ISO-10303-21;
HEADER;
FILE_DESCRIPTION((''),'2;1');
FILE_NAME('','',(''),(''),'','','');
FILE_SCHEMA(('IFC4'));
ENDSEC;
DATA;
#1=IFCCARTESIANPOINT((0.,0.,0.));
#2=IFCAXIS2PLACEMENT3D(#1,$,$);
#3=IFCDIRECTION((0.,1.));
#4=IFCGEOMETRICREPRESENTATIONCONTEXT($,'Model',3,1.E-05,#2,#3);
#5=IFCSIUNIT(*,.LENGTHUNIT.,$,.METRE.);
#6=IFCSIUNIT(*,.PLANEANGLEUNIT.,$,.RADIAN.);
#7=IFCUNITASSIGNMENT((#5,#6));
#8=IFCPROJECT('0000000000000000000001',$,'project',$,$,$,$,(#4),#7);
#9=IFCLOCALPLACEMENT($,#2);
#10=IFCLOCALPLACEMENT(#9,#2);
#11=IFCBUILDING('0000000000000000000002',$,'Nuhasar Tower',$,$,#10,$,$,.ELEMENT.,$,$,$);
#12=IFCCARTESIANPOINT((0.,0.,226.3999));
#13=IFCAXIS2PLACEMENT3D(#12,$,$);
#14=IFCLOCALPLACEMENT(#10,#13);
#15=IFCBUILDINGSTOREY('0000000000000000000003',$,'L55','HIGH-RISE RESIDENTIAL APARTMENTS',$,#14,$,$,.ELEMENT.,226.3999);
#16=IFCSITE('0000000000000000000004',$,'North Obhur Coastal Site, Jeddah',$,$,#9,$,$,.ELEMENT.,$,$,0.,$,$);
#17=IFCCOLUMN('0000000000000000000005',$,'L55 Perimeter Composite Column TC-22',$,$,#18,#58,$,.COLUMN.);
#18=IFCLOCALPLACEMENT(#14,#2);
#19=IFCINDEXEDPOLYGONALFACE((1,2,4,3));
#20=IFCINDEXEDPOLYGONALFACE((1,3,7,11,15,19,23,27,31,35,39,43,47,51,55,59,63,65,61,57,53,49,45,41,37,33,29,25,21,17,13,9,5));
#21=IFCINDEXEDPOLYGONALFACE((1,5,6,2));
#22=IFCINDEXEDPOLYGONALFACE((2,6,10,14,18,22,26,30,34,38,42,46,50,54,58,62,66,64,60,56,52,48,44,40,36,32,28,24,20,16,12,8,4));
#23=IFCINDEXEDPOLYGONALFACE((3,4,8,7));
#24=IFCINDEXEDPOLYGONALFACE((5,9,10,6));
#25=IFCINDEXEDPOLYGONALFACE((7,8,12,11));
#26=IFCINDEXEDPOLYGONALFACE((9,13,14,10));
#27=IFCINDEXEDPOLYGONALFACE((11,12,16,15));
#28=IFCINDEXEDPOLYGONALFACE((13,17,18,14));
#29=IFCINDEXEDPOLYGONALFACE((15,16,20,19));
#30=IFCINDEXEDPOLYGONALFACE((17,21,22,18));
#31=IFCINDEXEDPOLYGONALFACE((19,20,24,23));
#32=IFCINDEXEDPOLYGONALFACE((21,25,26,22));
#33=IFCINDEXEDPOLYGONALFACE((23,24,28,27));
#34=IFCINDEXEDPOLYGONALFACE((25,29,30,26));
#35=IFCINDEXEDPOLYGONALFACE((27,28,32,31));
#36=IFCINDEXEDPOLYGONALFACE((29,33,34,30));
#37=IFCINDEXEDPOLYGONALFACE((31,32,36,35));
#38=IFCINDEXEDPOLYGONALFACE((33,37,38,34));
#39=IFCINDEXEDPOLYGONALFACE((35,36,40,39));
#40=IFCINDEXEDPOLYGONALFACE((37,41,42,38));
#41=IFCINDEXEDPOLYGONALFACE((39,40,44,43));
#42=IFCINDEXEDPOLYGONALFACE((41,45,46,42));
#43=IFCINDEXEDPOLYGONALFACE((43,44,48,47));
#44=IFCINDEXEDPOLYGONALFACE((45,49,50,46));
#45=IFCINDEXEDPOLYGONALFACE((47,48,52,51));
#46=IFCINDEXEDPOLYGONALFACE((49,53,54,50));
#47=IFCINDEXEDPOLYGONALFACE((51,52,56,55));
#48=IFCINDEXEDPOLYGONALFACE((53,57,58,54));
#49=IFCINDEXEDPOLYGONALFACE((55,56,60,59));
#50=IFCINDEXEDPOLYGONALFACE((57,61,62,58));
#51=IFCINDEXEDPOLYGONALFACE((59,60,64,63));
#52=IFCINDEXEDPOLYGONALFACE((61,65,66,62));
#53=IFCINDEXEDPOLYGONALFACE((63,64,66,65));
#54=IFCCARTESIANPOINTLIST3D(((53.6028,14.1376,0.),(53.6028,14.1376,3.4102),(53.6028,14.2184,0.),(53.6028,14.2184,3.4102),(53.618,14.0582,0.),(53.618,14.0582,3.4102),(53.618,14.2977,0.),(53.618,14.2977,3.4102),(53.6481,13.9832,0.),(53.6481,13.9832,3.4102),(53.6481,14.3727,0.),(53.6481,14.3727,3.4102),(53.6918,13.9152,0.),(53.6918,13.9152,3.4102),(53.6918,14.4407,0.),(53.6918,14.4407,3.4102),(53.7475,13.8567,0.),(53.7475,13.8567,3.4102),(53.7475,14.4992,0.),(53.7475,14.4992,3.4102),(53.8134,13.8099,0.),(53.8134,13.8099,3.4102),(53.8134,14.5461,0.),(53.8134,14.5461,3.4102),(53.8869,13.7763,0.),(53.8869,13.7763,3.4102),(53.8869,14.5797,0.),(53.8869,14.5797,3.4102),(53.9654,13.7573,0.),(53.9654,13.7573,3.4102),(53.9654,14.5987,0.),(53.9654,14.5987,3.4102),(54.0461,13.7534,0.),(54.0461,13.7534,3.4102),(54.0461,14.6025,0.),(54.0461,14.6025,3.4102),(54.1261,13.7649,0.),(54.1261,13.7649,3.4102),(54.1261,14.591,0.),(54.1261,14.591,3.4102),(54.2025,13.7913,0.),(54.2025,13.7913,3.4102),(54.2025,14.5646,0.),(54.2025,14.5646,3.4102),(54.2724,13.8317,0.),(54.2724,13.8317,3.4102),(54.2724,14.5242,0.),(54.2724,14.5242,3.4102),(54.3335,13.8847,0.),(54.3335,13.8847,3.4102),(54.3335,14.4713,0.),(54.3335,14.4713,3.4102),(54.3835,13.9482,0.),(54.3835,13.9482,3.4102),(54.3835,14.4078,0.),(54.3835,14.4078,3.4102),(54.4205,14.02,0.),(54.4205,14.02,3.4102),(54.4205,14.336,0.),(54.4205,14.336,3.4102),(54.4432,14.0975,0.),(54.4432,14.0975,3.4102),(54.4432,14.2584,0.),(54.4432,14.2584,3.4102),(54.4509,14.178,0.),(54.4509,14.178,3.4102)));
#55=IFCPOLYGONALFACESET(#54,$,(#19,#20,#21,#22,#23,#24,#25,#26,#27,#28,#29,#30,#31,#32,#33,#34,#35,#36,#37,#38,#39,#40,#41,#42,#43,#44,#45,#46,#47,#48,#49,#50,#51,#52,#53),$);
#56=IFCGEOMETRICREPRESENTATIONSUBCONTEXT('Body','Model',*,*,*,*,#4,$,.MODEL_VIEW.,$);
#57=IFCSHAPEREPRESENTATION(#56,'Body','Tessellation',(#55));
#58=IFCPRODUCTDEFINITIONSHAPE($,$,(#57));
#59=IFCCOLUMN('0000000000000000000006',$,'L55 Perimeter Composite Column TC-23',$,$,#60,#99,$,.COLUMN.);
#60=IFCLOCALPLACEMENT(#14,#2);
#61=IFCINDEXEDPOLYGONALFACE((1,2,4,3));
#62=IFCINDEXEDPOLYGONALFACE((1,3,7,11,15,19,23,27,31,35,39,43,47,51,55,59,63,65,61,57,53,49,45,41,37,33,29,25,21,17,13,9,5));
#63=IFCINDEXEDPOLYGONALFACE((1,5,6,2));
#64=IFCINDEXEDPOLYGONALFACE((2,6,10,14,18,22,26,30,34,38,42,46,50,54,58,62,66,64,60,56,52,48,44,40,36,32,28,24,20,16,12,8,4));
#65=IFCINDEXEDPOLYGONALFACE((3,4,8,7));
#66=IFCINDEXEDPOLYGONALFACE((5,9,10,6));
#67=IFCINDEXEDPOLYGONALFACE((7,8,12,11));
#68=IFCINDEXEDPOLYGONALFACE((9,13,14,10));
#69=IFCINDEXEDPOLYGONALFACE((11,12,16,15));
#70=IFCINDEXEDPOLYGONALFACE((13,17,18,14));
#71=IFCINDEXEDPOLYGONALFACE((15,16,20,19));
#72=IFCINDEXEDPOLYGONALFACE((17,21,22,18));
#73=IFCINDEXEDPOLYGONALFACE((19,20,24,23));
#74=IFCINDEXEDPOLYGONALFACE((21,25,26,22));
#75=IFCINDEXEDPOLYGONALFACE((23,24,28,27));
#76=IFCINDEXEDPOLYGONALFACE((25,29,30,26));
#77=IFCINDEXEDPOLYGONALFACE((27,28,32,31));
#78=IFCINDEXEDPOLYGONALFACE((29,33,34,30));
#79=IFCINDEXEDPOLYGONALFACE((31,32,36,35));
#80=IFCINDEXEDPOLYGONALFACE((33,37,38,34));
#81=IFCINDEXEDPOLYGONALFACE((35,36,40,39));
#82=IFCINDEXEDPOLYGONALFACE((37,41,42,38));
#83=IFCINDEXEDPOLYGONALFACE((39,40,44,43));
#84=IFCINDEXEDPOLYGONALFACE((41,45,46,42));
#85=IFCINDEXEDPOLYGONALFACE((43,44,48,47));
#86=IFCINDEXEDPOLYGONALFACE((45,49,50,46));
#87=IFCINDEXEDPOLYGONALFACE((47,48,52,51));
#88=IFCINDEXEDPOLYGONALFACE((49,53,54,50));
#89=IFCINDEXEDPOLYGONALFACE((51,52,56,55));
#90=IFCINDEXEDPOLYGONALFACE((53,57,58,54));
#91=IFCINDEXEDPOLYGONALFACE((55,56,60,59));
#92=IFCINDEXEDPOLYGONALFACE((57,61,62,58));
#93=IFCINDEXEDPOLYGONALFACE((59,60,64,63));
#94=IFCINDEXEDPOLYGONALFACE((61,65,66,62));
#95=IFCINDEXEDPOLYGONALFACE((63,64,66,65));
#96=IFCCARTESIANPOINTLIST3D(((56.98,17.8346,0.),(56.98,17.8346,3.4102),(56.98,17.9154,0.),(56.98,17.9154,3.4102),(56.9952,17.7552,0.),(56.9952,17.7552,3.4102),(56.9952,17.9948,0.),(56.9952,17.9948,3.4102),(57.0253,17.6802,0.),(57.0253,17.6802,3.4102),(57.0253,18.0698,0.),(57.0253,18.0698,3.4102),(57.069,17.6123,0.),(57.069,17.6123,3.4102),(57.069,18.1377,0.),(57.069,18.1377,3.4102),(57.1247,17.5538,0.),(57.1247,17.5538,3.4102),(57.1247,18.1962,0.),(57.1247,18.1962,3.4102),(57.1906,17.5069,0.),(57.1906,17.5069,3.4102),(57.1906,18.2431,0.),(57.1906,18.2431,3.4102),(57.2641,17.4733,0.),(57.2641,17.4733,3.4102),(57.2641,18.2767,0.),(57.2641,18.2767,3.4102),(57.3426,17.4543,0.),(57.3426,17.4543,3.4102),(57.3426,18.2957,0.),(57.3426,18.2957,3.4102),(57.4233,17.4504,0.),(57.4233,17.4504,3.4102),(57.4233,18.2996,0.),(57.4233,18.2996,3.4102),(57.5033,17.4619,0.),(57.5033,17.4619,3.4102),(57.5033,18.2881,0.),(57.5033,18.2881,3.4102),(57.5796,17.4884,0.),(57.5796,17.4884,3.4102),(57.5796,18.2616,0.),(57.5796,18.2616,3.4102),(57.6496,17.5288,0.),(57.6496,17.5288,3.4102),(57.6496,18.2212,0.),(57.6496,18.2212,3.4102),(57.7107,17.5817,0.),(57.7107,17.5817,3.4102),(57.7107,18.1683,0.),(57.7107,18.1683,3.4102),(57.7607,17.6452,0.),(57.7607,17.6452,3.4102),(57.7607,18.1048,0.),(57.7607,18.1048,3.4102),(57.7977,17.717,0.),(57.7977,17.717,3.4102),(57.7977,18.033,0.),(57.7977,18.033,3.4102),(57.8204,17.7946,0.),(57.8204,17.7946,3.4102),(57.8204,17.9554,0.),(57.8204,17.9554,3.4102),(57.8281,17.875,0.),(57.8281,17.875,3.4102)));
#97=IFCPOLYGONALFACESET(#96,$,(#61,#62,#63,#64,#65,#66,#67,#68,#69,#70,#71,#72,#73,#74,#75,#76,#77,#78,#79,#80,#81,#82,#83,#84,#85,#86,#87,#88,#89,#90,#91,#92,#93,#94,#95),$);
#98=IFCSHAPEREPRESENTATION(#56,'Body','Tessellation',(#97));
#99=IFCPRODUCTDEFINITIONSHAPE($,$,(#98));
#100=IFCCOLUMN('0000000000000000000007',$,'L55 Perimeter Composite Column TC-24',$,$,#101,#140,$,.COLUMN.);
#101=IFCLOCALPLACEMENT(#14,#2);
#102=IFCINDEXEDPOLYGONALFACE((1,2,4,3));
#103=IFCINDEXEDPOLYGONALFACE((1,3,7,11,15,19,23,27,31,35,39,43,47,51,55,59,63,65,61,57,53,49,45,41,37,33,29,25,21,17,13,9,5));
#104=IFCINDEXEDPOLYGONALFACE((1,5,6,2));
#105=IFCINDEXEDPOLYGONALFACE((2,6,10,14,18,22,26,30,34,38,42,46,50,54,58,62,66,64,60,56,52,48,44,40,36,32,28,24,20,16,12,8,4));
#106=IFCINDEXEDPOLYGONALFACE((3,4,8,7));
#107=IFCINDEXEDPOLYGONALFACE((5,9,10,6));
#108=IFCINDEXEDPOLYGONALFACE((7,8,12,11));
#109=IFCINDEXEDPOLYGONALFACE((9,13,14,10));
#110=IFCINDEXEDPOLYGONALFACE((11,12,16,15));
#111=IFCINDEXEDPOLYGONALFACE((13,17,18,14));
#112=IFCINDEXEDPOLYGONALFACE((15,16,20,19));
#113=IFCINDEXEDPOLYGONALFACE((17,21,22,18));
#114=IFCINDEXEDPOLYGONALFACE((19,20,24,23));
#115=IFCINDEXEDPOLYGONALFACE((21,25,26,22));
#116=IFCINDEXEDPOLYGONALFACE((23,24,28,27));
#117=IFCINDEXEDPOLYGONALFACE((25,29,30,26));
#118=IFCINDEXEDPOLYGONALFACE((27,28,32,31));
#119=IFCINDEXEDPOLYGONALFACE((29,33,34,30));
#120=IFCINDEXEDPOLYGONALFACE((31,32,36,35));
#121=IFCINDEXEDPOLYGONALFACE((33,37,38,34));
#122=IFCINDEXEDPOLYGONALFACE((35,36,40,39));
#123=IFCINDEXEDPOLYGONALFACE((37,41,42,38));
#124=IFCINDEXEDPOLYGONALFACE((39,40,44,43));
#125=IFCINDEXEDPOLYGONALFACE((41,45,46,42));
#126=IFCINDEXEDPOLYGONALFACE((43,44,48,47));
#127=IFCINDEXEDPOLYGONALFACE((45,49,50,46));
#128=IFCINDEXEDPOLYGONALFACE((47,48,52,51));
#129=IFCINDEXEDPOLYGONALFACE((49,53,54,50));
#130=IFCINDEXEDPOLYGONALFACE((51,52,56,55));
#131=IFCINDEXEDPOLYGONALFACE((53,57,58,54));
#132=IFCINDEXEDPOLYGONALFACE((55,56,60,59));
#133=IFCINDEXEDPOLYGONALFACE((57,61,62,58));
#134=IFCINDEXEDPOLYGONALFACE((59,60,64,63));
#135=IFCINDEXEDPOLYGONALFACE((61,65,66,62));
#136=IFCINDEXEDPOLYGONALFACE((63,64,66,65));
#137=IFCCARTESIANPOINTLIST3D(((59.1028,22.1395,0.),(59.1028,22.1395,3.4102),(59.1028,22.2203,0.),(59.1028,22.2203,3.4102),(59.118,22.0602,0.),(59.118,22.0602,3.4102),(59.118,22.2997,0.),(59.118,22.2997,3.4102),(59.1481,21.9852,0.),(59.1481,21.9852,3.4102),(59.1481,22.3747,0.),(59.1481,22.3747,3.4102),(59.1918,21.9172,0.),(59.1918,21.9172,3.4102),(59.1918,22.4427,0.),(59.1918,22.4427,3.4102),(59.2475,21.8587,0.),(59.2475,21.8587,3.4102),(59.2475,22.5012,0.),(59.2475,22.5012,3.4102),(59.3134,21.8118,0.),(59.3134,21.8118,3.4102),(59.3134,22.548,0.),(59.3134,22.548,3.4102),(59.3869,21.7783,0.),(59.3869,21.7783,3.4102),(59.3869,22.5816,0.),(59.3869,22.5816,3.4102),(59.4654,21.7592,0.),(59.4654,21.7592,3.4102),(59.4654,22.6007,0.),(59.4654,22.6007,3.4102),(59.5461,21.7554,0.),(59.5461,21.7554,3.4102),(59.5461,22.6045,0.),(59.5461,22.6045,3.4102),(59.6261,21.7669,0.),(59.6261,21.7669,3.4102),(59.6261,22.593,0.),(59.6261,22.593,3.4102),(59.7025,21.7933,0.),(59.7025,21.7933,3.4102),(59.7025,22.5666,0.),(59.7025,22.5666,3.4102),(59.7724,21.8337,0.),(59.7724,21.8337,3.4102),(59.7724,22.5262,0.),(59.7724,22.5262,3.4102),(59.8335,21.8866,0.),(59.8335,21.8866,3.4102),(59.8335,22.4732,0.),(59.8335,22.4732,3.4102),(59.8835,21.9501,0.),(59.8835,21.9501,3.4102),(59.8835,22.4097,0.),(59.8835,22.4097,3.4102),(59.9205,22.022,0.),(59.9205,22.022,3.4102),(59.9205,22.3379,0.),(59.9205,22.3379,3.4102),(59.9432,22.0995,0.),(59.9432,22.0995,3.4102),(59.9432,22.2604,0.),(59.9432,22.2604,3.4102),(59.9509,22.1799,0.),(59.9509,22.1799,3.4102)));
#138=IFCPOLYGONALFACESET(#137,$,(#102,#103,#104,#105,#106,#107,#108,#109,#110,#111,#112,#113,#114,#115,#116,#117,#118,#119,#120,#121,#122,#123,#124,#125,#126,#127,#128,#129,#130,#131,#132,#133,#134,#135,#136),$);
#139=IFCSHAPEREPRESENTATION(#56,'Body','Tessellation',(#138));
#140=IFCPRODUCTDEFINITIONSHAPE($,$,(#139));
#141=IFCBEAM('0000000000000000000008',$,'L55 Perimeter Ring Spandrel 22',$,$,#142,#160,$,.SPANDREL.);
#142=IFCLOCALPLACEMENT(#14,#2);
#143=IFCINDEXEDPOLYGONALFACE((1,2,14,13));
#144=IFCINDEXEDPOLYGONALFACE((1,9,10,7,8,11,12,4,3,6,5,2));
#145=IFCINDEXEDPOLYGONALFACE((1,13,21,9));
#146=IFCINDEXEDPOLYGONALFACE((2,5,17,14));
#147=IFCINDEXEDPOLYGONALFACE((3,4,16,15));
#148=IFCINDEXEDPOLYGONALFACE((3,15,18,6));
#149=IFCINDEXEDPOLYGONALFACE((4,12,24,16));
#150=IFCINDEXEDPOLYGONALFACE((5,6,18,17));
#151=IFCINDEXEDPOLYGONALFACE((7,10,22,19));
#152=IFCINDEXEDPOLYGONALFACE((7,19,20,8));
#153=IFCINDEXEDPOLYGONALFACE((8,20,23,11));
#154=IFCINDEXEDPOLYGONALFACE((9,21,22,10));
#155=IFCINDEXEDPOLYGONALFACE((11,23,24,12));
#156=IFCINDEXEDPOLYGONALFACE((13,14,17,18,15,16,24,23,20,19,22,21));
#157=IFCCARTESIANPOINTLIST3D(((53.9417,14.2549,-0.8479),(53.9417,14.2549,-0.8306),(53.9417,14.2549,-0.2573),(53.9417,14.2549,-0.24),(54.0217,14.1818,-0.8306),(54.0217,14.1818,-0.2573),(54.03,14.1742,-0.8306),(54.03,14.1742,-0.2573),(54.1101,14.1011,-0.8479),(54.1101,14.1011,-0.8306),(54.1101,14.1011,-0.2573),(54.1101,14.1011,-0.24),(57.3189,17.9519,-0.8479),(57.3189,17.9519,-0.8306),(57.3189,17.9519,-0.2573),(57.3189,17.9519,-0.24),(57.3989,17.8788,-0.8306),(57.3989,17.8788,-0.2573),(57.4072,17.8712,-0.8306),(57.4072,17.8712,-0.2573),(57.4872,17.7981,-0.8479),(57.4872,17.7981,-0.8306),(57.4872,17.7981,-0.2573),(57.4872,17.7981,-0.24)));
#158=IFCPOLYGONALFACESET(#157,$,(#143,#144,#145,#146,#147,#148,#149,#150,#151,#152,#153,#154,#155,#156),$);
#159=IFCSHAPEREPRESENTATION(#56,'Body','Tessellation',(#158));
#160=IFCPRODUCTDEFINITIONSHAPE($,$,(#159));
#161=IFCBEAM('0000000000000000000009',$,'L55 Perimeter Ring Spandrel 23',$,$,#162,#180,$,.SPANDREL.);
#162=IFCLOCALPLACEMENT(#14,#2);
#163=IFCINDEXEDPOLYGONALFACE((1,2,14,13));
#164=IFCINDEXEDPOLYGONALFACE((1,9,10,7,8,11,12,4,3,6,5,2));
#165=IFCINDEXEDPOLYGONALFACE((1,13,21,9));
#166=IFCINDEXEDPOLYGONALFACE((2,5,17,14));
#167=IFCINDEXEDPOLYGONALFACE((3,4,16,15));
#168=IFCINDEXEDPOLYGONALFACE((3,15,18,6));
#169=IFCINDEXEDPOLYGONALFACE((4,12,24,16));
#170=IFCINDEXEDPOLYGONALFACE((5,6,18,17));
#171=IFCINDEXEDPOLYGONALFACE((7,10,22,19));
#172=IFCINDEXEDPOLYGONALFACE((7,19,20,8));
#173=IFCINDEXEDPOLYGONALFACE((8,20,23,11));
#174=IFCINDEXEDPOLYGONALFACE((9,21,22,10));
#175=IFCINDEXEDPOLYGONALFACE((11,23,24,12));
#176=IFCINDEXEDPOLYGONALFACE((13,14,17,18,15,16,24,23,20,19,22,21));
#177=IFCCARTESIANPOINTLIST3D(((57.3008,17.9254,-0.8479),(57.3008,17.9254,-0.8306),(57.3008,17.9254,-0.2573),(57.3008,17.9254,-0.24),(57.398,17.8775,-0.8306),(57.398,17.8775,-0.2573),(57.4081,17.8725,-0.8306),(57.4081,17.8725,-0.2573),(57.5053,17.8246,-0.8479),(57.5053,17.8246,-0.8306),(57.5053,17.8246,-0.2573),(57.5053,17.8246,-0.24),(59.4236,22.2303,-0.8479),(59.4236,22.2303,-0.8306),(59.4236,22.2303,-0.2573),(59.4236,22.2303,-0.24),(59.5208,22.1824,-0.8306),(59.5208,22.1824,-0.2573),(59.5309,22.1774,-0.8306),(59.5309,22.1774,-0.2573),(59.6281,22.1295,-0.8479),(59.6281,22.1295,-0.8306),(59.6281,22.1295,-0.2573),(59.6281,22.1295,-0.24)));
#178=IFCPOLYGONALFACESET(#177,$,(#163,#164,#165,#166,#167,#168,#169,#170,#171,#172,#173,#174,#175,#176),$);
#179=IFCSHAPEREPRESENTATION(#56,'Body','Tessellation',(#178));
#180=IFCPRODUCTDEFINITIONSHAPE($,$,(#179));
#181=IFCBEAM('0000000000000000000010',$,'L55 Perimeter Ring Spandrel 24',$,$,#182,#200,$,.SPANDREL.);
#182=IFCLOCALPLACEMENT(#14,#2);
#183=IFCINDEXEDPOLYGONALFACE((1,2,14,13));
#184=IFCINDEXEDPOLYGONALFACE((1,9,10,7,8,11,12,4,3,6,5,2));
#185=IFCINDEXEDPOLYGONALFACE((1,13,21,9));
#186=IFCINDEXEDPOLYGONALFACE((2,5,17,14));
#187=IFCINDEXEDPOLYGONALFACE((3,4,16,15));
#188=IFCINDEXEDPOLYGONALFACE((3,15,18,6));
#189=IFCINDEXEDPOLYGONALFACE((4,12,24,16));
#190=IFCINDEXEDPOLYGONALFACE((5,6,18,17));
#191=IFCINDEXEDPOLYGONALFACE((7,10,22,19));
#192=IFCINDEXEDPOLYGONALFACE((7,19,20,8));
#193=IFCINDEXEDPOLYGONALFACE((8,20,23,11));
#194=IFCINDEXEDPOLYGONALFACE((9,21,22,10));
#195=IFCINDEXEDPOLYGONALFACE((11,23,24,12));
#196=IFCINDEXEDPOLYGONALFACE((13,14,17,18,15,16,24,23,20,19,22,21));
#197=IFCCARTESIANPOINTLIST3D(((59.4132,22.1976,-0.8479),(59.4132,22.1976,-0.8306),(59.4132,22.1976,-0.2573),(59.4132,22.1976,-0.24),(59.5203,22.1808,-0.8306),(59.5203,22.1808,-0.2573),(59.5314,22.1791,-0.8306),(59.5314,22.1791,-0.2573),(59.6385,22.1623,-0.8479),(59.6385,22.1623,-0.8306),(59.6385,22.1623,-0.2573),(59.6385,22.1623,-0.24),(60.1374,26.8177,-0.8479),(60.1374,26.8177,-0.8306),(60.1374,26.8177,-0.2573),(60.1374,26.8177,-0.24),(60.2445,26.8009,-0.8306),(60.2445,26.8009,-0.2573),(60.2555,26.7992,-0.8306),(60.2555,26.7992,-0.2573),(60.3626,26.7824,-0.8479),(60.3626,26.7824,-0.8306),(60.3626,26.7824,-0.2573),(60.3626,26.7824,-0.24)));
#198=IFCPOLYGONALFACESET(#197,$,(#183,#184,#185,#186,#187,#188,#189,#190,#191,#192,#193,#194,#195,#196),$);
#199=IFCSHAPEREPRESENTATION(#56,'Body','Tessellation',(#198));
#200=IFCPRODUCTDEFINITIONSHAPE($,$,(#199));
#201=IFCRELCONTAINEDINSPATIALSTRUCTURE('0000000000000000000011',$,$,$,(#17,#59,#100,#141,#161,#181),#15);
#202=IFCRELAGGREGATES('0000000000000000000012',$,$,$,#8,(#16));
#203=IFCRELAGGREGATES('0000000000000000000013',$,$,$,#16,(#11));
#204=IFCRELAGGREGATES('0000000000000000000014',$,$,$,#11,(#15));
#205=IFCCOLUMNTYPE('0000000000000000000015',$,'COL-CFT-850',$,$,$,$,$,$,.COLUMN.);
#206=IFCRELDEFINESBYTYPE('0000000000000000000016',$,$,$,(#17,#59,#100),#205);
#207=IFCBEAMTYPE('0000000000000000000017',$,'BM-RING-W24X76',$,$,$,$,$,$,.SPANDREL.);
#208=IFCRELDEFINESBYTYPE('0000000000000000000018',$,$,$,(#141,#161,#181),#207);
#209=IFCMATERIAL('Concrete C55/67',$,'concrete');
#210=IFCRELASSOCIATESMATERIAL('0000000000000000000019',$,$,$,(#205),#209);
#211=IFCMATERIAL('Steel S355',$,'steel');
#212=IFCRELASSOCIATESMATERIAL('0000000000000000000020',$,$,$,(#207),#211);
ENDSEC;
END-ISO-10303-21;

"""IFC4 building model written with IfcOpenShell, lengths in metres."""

from ifc_helpers import new_model, si_unit, direction, frame, origin, origin_2d, place, context, subcontext, project, spatial, circle, i_section, extrude, material, material_profile, profile_set, type_object, element, save


model = new_model("IFC4")

# Units and contexts
model_context = context("Model", 3, precision=1e-05, world=origin(), true_north=direction((0.0, 1.0)))
body_context = subcontext(model_context, "Body", "Model", "MODEL_VIEW")
ifc_project = project(units=[si_unit("LENGTHUNIT", "METRE"), si_unit("PLANEANGLEUNIT", "RADIAN")], contexts=[model_context])

# Site, building, storey
site_placement = place(None, origin())
site = spatial("IfcSite", under=ifc_project, at=site_placement, Name="North Obhur Coastal Site, Jeddah", CompositionType="ELEMENT", RefElevation=0.0)
building_placement = place(site_placement, origin())
building = spatial("IfcBuilding", under=site, at=building_placement, Name="Nuhasar Tower", CompositionType="ELEMENT")
storey_placement = place(building_placement, frame((0.0, 0.0, 226.3999)))
storey = spatial("IfcBuildingStorey", under=building, at=storey_placement, Name="L55", Description="HIGH-RISE RESIDENTIAL APARTMENTS", CompositionType="ELEMENT", Elevation=226.3999)

# Columns
ifc_material_1 = material(Name="Concrete C55/67", Category="concrete")
ifc_material_profile_1 = material_profile(ifc_material_1, circle(Radius=0.425, at=origin_2d()), Name="CFT850")
ifc_profile_set_1 = profile_set([ifc_material_profile_1], Name="Concrete C55/67")
column_type = type_object("IfcColumnType", Name="COL-CFT-850", PredefinedType="COLUMN", material=ifc_profile_set_1)
for number, where, z_axis, x_axis, name in (
    (1, (54.0259, 14.178, 0.0), (0.0, 0.0, 1.0), (1.0, 0.0, 0.0), "L55 Perimeter Composite Column TC-22"),
    (2, (57.4031, 17.875, 0.0), (0.0, 0.0, 1.0), (1.0, 0.0, 0.0), "L55 Perimeter Composite Column TC-23"),
    (3, (59.5259, 22.1799, 0.0), (0.0, 0.0, 1.0), (1.0, 0.0, 0.0), "L55 Perimeter Composite Column TC-24"),
):
    element("IfcColumn", number, at=place(storey_placement, frame(where, z_axis=z_axis, x_axis=x_axis)), inside=storey, type_object=column_type, Name=name, PredefinedType="COLUMN", context=body_context, shape_type="SweptSolid", body=[
        extrude(circle(Radius=0.425, at=origin_2d()), origin(), (0.0, 0.0, 1.0), 3.4102),
    ])

# Beams
ifc_material_2 = material(Name="Steel S355", Category="steel")
ifc_material_profile_2 = material_profile(ifc_material_2, i_section(OverallWidth=0.228, OverallDepth=0.6079, WebThickness=0.0112, FlangeThickness=0.0173, at=origin_2d()), Name="W24X76")
ifc_profile_set_2 = profile_set([ifc_material_profile_2], Name="Steel S355")
beam_type_1 = type_object("IfcBeamType", Name="BM-RING-W24X76", PredefinedType="SPANDREL", material=ifc_profile_set_2)
beam_1_placement = place(storey_placement, frame((54.0259, 14.178, -0.5439), z_axis=(0.67445, 0.738321, 0.0), x_axis=(-0.738321, 0.67445, 0.0)))
element("IfcBeam", 4, at=beam_1_placement, inside=storey, type_object=beam_type_1, Name="L55 Perimeter Ring Spandrel 22", PredefinedType="SPANDREL", context=body_context, shape_type="SweptSolid", body=[
    extrude(i_section(OverallWidth=0.228, OverallDepth=0.6079, WebThickness=0.0112, FlangeThickness=0.0173, at=origin_2d()), origin(), (0.0, 0.0, 1.0), 5.0073),
])
beam_2_placement = place(storey_placement, frame((57.4031, 17.875, -0.5439), z_axis=(0.442263, 0.896886, 0.0), x_axis=(-0.896886, 0.442263, 0.0)))
element("IfcBeam", 5, at=beam_2_placement, inside=storey, type_object=beam_type_1, Name="L55 Perimeter Ring Spandrel 23", PredefinedType="SPANDREL", context=body_context, shape_type="SweptSolid", body=[
    extrude(i_section(OverallWidth=0.228, OverallDepth=0.6079, WebThickness=0.0112, FlangeThickness=0.0173, at=origin_2d()), origin(), (0.0, 0.0, 1.0), 4.7998),
])
beam_3_placement = place(storey_placement, frame((59.5259, 22.1799, -0.5439), z_axis=(0.154842, 0.987939, 0.0), x_axis=(-0.987939, 0.154842, 0.0)))
element("IfcBeam", 6, at=beam_3_placement, inside=storey, type_object=beam_type_1, Name="L55 Perimeter Ring Spandrel 24", PredefinedType="SPANDREL", context=body_context, shape_type="SweptSolid", body=[
    extrude(i_section(OverallWidth=0.228, OverallDepth=0.6079, WebThickness=0.0112, FlangeThickness=0.0173, at=origin_2d()), origin(), (0.0, 0.0, 1.0), 4.6765),
])

save(model, "model.ifc")
